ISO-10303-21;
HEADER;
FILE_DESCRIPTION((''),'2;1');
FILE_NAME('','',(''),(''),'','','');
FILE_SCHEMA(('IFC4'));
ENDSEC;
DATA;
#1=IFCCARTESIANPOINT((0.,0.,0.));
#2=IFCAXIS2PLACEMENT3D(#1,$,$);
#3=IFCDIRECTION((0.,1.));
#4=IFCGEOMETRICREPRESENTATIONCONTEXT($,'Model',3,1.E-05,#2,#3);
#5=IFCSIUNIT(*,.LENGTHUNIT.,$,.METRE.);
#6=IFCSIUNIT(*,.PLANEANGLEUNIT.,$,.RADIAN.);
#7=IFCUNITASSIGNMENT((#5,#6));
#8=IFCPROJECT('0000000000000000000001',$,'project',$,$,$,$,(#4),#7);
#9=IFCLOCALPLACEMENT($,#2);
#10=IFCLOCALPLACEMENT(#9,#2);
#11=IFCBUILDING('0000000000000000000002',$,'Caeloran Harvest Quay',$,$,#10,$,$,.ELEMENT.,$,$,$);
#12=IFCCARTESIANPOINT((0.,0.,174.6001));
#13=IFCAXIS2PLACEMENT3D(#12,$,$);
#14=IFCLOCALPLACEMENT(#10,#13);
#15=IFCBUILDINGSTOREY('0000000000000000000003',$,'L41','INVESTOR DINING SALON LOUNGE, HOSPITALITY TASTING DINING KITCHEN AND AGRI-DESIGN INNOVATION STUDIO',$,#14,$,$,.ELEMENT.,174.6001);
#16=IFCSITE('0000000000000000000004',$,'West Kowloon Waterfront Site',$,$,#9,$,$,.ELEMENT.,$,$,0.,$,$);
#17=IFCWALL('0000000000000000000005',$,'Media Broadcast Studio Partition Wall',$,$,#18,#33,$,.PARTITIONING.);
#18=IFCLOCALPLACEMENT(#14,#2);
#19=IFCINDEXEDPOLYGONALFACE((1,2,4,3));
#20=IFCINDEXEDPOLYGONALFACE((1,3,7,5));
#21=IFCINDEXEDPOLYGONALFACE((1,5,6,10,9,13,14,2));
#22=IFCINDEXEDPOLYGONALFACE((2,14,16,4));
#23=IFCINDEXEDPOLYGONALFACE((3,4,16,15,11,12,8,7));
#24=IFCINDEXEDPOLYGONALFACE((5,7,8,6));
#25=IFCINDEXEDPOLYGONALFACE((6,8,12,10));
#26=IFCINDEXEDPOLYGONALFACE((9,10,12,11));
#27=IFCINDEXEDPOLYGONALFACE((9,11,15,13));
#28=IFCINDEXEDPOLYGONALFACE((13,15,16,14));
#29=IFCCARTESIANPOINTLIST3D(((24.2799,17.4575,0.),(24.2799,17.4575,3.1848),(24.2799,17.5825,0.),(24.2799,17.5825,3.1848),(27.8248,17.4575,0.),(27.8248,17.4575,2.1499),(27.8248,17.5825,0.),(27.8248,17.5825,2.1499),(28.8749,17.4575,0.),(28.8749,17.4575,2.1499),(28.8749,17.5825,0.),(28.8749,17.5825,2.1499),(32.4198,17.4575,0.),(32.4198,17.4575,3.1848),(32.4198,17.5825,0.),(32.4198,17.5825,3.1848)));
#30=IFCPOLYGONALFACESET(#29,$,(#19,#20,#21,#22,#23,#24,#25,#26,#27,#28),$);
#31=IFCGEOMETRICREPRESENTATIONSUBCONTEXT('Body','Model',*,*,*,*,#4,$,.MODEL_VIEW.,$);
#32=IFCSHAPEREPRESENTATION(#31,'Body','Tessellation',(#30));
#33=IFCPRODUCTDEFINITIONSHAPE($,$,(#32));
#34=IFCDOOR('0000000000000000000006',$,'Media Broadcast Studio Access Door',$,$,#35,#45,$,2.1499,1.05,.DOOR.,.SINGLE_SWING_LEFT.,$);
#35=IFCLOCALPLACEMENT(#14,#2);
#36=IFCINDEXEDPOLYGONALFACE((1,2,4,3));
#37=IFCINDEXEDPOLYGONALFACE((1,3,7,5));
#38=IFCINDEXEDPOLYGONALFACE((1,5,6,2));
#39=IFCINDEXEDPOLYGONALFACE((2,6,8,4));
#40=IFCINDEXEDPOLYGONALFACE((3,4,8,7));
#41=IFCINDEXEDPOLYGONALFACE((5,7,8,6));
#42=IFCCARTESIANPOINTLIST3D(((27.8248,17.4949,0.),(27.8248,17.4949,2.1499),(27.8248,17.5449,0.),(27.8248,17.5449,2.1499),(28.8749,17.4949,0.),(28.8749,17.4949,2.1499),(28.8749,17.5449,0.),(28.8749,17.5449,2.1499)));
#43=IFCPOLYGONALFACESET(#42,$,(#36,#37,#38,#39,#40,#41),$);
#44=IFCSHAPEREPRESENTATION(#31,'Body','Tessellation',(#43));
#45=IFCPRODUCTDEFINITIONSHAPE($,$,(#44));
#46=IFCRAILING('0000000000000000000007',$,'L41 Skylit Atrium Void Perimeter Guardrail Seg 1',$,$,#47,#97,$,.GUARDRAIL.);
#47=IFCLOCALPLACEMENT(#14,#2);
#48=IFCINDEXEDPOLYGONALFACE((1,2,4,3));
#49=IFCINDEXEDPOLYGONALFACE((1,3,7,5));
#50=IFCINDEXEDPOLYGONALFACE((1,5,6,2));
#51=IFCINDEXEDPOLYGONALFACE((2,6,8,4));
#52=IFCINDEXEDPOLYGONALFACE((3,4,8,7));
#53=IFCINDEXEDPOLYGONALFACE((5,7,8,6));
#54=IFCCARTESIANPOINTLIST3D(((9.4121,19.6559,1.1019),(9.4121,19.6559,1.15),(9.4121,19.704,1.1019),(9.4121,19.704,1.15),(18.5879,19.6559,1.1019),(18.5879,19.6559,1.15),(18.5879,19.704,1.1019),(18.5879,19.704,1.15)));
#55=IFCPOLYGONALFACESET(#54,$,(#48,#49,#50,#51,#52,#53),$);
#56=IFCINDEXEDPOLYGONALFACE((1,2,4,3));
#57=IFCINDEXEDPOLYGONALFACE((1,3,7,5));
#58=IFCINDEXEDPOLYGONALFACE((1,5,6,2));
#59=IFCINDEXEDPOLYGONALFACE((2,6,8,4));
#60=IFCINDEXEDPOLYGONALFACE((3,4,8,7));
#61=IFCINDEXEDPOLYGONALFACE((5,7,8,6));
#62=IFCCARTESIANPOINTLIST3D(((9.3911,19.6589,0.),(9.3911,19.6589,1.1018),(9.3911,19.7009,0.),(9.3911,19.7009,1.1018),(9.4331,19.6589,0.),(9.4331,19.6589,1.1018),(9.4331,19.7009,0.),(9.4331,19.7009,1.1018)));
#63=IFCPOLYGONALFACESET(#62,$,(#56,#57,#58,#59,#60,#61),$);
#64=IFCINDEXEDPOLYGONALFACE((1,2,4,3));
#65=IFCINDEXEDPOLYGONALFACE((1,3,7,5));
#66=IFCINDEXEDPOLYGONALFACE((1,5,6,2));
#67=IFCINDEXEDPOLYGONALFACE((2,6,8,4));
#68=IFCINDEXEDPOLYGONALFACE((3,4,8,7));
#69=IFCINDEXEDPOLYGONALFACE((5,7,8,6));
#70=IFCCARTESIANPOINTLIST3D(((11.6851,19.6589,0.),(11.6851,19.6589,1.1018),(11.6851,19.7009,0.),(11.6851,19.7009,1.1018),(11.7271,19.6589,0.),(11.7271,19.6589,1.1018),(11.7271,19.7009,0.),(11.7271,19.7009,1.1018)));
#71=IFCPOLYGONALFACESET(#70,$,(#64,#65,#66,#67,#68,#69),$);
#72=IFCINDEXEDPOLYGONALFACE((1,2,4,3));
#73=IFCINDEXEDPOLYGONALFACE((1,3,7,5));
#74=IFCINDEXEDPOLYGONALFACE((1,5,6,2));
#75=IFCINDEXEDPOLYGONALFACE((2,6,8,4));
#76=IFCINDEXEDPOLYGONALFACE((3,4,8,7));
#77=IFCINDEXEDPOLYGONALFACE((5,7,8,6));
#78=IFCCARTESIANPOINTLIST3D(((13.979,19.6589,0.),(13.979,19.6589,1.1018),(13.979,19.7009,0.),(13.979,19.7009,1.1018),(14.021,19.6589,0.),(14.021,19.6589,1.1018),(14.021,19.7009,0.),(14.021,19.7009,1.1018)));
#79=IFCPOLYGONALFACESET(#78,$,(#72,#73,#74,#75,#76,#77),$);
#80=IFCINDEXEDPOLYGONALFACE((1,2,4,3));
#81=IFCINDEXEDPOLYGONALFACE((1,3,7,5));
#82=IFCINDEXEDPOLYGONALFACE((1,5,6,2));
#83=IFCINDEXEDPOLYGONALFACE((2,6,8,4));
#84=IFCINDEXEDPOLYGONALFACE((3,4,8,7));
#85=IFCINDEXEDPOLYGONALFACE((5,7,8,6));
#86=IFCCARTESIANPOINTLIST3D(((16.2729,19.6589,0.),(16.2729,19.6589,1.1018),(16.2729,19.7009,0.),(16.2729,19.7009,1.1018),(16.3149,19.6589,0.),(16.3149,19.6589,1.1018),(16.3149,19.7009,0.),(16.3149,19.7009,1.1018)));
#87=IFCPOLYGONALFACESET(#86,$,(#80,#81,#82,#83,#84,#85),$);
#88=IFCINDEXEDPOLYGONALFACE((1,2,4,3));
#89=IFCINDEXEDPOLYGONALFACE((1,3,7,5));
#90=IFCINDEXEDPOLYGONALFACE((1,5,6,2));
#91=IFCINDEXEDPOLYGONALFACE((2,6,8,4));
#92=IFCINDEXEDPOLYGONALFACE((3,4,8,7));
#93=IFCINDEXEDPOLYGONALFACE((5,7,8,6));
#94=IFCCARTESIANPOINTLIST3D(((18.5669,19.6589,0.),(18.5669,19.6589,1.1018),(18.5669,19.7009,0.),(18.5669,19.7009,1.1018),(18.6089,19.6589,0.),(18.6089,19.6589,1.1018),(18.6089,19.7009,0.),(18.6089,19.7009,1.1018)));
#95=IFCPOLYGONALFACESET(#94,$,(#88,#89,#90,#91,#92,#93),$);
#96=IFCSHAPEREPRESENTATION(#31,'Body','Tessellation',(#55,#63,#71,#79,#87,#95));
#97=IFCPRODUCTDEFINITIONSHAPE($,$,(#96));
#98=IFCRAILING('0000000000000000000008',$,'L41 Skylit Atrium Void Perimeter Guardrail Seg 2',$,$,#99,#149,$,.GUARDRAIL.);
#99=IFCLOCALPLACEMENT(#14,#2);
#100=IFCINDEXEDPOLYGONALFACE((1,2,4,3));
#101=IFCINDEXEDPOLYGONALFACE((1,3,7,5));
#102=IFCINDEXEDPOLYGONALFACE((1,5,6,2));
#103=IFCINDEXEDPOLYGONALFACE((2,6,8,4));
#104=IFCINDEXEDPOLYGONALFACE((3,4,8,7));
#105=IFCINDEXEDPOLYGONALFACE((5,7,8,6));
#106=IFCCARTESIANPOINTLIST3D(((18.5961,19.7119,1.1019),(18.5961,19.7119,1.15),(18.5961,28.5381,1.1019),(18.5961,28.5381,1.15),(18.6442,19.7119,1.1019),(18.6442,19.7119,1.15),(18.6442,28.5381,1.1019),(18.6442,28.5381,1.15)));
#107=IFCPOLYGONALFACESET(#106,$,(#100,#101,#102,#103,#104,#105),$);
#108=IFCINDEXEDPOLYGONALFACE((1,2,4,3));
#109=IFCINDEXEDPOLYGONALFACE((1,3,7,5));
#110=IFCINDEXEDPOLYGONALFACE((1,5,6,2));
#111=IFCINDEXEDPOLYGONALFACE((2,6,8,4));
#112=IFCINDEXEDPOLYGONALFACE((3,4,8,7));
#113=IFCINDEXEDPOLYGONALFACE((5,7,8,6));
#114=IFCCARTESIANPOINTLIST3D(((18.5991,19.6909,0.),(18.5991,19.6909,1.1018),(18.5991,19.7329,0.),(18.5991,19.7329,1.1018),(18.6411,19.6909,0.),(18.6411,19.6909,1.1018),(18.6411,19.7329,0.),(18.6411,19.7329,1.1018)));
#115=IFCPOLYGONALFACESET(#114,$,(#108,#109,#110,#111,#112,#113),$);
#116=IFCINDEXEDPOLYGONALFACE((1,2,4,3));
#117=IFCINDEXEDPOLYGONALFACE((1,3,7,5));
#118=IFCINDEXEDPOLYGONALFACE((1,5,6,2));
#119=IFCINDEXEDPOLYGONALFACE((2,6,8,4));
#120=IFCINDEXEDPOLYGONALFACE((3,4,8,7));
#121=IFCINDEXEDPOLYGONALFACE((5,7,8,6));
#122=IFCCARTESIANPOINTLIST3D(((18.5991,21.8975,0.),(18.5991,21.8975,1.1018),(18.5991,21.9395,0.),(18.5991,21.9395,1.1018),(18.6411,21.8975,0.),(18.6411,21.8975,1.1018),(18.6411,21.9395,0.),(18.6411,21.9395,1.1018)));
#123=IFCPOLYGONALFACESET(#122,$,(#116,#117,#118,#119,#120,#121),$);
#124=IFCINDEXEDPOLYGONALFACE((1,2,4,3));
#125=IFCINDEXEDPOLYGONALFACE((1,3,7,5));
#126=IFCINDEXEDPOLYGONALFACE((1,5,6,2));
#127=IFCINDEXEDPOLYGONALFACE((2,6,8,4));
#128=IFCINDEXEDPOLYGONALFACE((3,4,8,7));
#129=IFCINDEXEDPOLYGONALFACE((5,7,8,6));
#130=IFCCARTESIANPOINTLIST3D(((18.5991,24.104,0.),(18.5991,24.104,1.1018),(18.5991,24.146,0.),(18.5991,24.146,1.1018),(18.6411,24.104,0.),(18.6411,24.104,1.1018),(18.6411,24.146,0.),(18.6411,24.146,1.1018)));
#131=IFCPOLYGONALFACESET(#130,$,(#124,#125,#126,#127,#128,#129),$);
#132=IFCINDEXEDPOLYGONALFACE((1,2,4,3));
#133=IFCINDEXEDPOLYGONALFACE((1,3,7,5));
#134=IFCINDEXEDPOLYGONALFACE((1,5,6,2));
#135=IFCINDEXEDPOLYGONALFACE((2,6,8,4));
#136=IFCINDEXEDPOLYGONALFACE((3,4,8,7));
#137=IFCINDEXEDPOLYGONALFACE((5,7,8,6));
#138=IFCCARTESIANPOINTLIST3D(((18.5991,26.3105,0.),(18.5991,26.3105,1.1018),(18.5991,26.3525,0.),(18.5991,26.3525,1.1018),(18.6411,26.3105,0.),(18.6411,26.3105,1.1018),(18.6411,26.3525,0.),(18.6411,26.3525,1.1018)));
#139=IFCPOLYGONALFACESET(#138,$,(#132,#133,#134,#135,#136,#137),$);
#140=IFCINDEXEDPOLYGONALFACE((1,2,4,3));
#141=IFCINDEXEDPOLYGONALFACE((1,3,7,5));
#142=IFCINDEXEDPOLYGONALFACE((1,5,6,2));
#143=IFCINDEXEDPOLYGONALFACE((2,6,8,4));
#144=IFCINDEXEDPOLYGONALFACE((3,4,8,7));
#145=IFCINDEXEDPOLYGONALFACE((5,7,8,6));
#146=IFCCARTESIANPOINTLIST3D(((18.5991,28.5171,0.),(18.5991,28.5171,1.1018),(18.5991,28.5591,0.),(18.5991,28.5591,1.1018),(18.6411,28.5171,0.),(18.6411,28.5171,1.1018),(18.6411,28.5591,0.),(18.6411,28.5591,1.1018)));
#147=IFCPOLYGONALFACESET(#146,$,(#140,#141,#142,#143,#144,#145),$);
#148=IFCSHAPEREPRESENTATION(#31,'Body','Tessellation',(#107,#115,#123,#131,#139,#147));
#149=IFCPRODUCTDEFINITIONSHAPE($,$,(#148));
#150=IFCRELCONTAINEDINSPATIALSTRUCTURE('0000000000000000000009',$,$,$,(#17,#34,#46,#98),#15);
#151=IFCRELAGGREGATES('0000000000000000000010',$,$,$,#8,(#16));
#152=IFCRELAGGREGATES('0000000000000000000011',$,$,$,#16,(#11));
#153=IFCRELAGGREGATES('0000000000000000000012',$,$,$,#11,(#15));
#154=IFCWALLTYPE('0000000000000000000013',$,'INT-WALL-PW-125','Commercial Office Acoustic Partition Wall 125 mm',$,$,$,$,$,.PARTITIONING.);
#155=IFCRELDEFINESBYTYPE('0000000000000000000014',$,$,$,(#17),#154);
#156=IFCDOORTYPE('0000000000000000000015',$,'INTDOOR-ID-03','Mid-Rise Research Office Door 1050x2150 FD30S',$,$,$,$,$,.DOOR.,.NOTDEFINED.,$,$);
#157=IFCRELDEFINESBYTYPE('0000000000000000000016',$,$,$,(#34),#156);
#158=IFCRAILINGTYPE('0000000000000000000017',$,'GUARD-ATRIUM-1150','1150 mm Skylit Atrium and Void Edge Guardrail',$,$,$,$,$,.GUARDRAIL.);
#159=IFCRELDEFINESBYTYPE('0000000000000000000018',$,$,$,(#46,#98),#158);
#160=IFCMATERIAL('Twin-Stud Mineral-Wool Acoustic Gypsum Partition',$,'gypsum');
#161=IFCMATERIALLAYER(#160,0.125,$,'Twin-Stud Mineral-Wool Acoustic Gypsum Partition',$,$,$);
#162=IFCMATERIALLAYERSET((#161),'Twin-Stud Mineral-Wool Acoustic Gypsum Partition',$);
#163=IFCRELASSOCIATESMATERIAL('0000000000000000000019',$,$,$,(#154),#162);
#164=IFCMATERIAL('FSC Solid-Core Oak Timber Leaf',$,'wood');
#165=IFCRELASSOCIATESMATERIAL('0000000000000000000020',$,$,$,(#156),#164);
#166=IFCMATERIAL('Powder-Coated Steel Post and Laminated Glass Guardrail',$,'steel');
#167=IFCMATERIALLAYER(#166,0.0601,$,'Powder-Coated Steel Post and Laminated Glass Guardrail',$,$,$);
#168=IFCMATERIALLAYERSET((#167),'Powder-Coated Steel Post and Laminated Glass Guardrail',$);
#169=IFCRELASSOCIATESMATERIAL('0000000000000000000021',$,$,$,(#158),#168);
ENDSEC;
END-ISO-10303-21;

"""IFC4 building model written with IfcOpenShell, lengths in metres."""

from ifc_helpers import new_model, si_unit, direction, frame, frame_2d, origin, origin_2d, place, context, subcontext, project, spatial, rectangle, extrude, material, layer, layer_set, type_object, element, fill, save


model = new_model("IFC4")

# Units and contexts
model_context = context("Model", 3, precision=1e-05, world=origin(), true_north=direction((0.0, 1.0)))
body_context = subcontext(model_context, "Body", "Model", "MODEL_VIEW")
ifc_project = project(units=[si_unit("LENGTHUNIT", "METRE"), si_unit("PLANEANGLEUNIT", "RADIAN")], contexts=[model_context])

# Site, building, storey
site_placement = place(None, origin())
site = spatial("IfcSite", under=ifc_project, at=site_placement, Name="West Kowloon Waterfront Site", CompositionType="ELEMENT", RefElevation=0.0)
building_placement = place(site_placement, origin())
building = spatial("IfcBuilding", under=site, at=building_placement, Name="Caeloran Harvest Quay", CompositionType="ELEMENT")
storey_placement = place(building_placement, frame((0.0, 0.0, 174.6001)))
storey = spatial("IfcBuildingStorey", under=building, at=storey_placement, Name="L41", Description="INVESTOR DINING SALON LOUNGE, HOSPITALITY TASTING DINING KITCHEN AND AGRI-DESIGN INNOVATION STUDIO", CompositionType="ELEMENT", Elevation=174.6001)

# Shared definitions
ifc_material_1 = material(Name="Twin-Stud Mineral-Wool Acoustic Gypsum Partition", Category="gypsum")
ifc_layer_1 = layer(ifc_material_1, 0.125, Name="Twin-Stud Mineral-Wool Acoustic Gypsum Partition")
ifc_layer_set_1 = layer_set([ifc_layer_1], Name="Twin-Stud Mineral-Wool Acoustic Gypsum Partition")
wall_type = type_object("IfcWallType", Name="INT-WALL-PW-125", Description="Commercial Office Acoustic Partition Wall 125 mm", PredefinedType="PARTITIONING", material=ifc_layer_set_1)

# Shared definitions
ifc_material_2 = material(Name="FSC Solid-Core Oak Timber Leaf", Category="wood")
door_type = type_object("IfcDoorType", Name="INTDOOR-ID-03", Description="Mid-Rise Research Office Door 1050x2150 FD30S", OperationType="NOTDEFINED", PredefinedType="DOOR", material=ifc_material_2)

# Wall, opening, door
wall_1_placement = place(storey_placement, frame((24.28, 17.52, 0.0), z_axis=(0.0, 0.0, 1.0), x_axis=(1.0, 0.0, 0.0)))
wall_1 = element("IfcWall", 1, at=wall_1_placement, inside=storey, type_object=wall_type, Name="Media Broadcast Studio Partition Wall", PredefinedType="PARTITIONING", context=body_context, shape_type="SweptSolid", body=[
    extrude(rectangle(XDim=8.1399, YDim=0.125, at=frame_2d((4.0698, 0.0))), origin(), (0.0, 0.0, 1.0), 3.1848),
])
opening_1_placement = place(wall_1_placement, frame((3.5449, 0.0, 0.0)))
opening_1 = element("IfcOpeningElement", 2, at=opening_1_placement, cuts=wall_1, PredefinedType="OPENING", context=body_context, shape_type="SweptSolid", body=[
    extrude(rectangle(XDim=1.05, YDim=2.1499, at=frame_2d((0.5249, 1.075))), frame((0.0, 0.0725, 0.0), z_axis=(0.0, -1.0, 0.0), x_axis=(1.0, 0.0, 0.0)), (0.0, 0.0, 1.0), 0.145),
])
door_1_placement = place(opening_1_placement, origin())
door_1 = element("IfcDoor", 3, at=door_1_placement, inside=storey, type_object=door_type, Name="Media Broadcast Studio Access Door", OperationType="SINGLE_SWING_LEFT", OverallHeight=2.1499, OverallWidth=1.05, PredefinedType="DOOR", context=body_context, shape_type="SweptSolid", body=[
    extrude(rectangle(XDim=1.05, YDim=2.1499, at=frame_2d((0.5249, 1.075))), frame((0.0, 0.0249, 0.0), z_axis=(0.0, -1.0, 0.0), x_axis=(1.0, 0.0, 0.0)), (0.0, 0.0, 1.0), 0.05),
])
fill(opening_1, door_1)

# Railings
ifc_material_3 = material(Name="Powder-Coated Steel Post and Laminated Glass Guardrail", Category="steel")
ifc_layer_2 = layer(ifc_material_3, 0.0601, Name="Powder-Coated Steel Post and Laminated Glass Guardrail")
ifc_layer_set_2 = layer_set([ifc_layer_2], Name="Powder-Coated Steel Post and Laminated Glass Guardrail")
railing_type = type_object("IfcRailingType", Name="GUARD-ATRIUM-1150", Description="1150 mm Skylit Atrium and Void Edge Guardrail", PredefinedType="GUARDRAIL", material=ifc_layer_set_2)
railing_1_placement = place(storey_placement, frame((9.4121, 19.6799, 0.0)))
element("IfcRailing", 4, at=railing_1_placement, inside=storey, type_object=railing_type, Name="L41 Skylit Atrium Void Perimeter Guardrail Seg 1", PredefinedType="GUARDRAIL", context=body_context, shape_type="SweptSolid", body=[
    extrude(rectangle(XDim=0.0481, YDim=0.0481, at=origin_2d()), frame((0.0, 0.0, 1.126), z_axis=(1.0, 0.0, 0.0), x_axis=(0.0, 1.0, 0.0)), (0.0, 0.0, 1.0), 9.1758),
    extrude(rectangle(XDim=0.042, YDim=0.042, at=origin_2d()), origin(), (0.0, 0.0, 1.0), 1.1018),
    extrude(rectangle(XDim=0.042, YDim=0.042, at=origin_2d()), frame((2.2939, 0.0, 0.0)), (0.0, 0.0, 1.0), 1.1018),
    extrude(rectangle(XDim=0.042, YDim=0.042, at=origin_2d()), frame((4.5879, 0.0, 0.0)), (0.0, 0.0, 1.0), 1.1018),
    extrude(rectangle(XDim=0.042, YDim=0.042, at=origin_2d()), frame((6.8818, 0.0, 0.0)), (0.0, 0.0, 1.0), 1.1018),
    extrude(rectangle(XDim=0.042, YDim=0.042, at=origin_2d()), frame((9.1758, 0.0, 0.0)), (0.0, 0.0, 1.0), 1.1018),
])
railing_2_placement = place(storey_placement, frame((18.6201, 19.7119, 0.0)))
element("IfcRailing", 5, at=railing_2_placement, inside=storey, type_object=railing_type, Name="L41 Skylit Atrium Void Perimeter Guardrail Seg 2", PredefinedType="GUARDRAIL", context=body_context, shape_type="SweptSolid", body=[
    extrude(rectangle(XDim=0.0481, YDim=0.0481, at=origin_2d()), frame((0.0, 0.0, 1.126), z_axis=(0.0, 1.0, 0.0), x_axis=(-1.0, 0.0, 0.0)), (0.0, 0.0, 1.0), 8.8262),
    extrude(rectangle(XDim=0.042, YDim=0.042, at=origin_2d()), origin(), (0.0, 0.0, 1.0), 1.1018),
    extrude(rectangle(XDim=0.042, YDim=0.042, at=origin_2d()), frame((0.0, 2.2065, 0.0)), (0.0, 0.0, 1.0), 1.1018),
    extrude(rectangle(XDim=0.042, YDim=0.042, at=origin_2d()), frame((0.0, 4.4131, 0.0)), (0.0, 0.0, 1.0), 1.1018),
    extrude(rectangle(XDim=0.042, YDim=0.042, at=origin_2d()), frame((0.0, 6.6196, 0.0)), (0.0, 0.0, 1.0), 1.1018),
    extrude(rectangle(XDim=0.042, YDim=0.042, at=origin_2d()), frame((0.0, 8.8262, 0.0)), (0.0, 0.0, 1.0), 1.1018),
])

save(model, "model.ifc")
